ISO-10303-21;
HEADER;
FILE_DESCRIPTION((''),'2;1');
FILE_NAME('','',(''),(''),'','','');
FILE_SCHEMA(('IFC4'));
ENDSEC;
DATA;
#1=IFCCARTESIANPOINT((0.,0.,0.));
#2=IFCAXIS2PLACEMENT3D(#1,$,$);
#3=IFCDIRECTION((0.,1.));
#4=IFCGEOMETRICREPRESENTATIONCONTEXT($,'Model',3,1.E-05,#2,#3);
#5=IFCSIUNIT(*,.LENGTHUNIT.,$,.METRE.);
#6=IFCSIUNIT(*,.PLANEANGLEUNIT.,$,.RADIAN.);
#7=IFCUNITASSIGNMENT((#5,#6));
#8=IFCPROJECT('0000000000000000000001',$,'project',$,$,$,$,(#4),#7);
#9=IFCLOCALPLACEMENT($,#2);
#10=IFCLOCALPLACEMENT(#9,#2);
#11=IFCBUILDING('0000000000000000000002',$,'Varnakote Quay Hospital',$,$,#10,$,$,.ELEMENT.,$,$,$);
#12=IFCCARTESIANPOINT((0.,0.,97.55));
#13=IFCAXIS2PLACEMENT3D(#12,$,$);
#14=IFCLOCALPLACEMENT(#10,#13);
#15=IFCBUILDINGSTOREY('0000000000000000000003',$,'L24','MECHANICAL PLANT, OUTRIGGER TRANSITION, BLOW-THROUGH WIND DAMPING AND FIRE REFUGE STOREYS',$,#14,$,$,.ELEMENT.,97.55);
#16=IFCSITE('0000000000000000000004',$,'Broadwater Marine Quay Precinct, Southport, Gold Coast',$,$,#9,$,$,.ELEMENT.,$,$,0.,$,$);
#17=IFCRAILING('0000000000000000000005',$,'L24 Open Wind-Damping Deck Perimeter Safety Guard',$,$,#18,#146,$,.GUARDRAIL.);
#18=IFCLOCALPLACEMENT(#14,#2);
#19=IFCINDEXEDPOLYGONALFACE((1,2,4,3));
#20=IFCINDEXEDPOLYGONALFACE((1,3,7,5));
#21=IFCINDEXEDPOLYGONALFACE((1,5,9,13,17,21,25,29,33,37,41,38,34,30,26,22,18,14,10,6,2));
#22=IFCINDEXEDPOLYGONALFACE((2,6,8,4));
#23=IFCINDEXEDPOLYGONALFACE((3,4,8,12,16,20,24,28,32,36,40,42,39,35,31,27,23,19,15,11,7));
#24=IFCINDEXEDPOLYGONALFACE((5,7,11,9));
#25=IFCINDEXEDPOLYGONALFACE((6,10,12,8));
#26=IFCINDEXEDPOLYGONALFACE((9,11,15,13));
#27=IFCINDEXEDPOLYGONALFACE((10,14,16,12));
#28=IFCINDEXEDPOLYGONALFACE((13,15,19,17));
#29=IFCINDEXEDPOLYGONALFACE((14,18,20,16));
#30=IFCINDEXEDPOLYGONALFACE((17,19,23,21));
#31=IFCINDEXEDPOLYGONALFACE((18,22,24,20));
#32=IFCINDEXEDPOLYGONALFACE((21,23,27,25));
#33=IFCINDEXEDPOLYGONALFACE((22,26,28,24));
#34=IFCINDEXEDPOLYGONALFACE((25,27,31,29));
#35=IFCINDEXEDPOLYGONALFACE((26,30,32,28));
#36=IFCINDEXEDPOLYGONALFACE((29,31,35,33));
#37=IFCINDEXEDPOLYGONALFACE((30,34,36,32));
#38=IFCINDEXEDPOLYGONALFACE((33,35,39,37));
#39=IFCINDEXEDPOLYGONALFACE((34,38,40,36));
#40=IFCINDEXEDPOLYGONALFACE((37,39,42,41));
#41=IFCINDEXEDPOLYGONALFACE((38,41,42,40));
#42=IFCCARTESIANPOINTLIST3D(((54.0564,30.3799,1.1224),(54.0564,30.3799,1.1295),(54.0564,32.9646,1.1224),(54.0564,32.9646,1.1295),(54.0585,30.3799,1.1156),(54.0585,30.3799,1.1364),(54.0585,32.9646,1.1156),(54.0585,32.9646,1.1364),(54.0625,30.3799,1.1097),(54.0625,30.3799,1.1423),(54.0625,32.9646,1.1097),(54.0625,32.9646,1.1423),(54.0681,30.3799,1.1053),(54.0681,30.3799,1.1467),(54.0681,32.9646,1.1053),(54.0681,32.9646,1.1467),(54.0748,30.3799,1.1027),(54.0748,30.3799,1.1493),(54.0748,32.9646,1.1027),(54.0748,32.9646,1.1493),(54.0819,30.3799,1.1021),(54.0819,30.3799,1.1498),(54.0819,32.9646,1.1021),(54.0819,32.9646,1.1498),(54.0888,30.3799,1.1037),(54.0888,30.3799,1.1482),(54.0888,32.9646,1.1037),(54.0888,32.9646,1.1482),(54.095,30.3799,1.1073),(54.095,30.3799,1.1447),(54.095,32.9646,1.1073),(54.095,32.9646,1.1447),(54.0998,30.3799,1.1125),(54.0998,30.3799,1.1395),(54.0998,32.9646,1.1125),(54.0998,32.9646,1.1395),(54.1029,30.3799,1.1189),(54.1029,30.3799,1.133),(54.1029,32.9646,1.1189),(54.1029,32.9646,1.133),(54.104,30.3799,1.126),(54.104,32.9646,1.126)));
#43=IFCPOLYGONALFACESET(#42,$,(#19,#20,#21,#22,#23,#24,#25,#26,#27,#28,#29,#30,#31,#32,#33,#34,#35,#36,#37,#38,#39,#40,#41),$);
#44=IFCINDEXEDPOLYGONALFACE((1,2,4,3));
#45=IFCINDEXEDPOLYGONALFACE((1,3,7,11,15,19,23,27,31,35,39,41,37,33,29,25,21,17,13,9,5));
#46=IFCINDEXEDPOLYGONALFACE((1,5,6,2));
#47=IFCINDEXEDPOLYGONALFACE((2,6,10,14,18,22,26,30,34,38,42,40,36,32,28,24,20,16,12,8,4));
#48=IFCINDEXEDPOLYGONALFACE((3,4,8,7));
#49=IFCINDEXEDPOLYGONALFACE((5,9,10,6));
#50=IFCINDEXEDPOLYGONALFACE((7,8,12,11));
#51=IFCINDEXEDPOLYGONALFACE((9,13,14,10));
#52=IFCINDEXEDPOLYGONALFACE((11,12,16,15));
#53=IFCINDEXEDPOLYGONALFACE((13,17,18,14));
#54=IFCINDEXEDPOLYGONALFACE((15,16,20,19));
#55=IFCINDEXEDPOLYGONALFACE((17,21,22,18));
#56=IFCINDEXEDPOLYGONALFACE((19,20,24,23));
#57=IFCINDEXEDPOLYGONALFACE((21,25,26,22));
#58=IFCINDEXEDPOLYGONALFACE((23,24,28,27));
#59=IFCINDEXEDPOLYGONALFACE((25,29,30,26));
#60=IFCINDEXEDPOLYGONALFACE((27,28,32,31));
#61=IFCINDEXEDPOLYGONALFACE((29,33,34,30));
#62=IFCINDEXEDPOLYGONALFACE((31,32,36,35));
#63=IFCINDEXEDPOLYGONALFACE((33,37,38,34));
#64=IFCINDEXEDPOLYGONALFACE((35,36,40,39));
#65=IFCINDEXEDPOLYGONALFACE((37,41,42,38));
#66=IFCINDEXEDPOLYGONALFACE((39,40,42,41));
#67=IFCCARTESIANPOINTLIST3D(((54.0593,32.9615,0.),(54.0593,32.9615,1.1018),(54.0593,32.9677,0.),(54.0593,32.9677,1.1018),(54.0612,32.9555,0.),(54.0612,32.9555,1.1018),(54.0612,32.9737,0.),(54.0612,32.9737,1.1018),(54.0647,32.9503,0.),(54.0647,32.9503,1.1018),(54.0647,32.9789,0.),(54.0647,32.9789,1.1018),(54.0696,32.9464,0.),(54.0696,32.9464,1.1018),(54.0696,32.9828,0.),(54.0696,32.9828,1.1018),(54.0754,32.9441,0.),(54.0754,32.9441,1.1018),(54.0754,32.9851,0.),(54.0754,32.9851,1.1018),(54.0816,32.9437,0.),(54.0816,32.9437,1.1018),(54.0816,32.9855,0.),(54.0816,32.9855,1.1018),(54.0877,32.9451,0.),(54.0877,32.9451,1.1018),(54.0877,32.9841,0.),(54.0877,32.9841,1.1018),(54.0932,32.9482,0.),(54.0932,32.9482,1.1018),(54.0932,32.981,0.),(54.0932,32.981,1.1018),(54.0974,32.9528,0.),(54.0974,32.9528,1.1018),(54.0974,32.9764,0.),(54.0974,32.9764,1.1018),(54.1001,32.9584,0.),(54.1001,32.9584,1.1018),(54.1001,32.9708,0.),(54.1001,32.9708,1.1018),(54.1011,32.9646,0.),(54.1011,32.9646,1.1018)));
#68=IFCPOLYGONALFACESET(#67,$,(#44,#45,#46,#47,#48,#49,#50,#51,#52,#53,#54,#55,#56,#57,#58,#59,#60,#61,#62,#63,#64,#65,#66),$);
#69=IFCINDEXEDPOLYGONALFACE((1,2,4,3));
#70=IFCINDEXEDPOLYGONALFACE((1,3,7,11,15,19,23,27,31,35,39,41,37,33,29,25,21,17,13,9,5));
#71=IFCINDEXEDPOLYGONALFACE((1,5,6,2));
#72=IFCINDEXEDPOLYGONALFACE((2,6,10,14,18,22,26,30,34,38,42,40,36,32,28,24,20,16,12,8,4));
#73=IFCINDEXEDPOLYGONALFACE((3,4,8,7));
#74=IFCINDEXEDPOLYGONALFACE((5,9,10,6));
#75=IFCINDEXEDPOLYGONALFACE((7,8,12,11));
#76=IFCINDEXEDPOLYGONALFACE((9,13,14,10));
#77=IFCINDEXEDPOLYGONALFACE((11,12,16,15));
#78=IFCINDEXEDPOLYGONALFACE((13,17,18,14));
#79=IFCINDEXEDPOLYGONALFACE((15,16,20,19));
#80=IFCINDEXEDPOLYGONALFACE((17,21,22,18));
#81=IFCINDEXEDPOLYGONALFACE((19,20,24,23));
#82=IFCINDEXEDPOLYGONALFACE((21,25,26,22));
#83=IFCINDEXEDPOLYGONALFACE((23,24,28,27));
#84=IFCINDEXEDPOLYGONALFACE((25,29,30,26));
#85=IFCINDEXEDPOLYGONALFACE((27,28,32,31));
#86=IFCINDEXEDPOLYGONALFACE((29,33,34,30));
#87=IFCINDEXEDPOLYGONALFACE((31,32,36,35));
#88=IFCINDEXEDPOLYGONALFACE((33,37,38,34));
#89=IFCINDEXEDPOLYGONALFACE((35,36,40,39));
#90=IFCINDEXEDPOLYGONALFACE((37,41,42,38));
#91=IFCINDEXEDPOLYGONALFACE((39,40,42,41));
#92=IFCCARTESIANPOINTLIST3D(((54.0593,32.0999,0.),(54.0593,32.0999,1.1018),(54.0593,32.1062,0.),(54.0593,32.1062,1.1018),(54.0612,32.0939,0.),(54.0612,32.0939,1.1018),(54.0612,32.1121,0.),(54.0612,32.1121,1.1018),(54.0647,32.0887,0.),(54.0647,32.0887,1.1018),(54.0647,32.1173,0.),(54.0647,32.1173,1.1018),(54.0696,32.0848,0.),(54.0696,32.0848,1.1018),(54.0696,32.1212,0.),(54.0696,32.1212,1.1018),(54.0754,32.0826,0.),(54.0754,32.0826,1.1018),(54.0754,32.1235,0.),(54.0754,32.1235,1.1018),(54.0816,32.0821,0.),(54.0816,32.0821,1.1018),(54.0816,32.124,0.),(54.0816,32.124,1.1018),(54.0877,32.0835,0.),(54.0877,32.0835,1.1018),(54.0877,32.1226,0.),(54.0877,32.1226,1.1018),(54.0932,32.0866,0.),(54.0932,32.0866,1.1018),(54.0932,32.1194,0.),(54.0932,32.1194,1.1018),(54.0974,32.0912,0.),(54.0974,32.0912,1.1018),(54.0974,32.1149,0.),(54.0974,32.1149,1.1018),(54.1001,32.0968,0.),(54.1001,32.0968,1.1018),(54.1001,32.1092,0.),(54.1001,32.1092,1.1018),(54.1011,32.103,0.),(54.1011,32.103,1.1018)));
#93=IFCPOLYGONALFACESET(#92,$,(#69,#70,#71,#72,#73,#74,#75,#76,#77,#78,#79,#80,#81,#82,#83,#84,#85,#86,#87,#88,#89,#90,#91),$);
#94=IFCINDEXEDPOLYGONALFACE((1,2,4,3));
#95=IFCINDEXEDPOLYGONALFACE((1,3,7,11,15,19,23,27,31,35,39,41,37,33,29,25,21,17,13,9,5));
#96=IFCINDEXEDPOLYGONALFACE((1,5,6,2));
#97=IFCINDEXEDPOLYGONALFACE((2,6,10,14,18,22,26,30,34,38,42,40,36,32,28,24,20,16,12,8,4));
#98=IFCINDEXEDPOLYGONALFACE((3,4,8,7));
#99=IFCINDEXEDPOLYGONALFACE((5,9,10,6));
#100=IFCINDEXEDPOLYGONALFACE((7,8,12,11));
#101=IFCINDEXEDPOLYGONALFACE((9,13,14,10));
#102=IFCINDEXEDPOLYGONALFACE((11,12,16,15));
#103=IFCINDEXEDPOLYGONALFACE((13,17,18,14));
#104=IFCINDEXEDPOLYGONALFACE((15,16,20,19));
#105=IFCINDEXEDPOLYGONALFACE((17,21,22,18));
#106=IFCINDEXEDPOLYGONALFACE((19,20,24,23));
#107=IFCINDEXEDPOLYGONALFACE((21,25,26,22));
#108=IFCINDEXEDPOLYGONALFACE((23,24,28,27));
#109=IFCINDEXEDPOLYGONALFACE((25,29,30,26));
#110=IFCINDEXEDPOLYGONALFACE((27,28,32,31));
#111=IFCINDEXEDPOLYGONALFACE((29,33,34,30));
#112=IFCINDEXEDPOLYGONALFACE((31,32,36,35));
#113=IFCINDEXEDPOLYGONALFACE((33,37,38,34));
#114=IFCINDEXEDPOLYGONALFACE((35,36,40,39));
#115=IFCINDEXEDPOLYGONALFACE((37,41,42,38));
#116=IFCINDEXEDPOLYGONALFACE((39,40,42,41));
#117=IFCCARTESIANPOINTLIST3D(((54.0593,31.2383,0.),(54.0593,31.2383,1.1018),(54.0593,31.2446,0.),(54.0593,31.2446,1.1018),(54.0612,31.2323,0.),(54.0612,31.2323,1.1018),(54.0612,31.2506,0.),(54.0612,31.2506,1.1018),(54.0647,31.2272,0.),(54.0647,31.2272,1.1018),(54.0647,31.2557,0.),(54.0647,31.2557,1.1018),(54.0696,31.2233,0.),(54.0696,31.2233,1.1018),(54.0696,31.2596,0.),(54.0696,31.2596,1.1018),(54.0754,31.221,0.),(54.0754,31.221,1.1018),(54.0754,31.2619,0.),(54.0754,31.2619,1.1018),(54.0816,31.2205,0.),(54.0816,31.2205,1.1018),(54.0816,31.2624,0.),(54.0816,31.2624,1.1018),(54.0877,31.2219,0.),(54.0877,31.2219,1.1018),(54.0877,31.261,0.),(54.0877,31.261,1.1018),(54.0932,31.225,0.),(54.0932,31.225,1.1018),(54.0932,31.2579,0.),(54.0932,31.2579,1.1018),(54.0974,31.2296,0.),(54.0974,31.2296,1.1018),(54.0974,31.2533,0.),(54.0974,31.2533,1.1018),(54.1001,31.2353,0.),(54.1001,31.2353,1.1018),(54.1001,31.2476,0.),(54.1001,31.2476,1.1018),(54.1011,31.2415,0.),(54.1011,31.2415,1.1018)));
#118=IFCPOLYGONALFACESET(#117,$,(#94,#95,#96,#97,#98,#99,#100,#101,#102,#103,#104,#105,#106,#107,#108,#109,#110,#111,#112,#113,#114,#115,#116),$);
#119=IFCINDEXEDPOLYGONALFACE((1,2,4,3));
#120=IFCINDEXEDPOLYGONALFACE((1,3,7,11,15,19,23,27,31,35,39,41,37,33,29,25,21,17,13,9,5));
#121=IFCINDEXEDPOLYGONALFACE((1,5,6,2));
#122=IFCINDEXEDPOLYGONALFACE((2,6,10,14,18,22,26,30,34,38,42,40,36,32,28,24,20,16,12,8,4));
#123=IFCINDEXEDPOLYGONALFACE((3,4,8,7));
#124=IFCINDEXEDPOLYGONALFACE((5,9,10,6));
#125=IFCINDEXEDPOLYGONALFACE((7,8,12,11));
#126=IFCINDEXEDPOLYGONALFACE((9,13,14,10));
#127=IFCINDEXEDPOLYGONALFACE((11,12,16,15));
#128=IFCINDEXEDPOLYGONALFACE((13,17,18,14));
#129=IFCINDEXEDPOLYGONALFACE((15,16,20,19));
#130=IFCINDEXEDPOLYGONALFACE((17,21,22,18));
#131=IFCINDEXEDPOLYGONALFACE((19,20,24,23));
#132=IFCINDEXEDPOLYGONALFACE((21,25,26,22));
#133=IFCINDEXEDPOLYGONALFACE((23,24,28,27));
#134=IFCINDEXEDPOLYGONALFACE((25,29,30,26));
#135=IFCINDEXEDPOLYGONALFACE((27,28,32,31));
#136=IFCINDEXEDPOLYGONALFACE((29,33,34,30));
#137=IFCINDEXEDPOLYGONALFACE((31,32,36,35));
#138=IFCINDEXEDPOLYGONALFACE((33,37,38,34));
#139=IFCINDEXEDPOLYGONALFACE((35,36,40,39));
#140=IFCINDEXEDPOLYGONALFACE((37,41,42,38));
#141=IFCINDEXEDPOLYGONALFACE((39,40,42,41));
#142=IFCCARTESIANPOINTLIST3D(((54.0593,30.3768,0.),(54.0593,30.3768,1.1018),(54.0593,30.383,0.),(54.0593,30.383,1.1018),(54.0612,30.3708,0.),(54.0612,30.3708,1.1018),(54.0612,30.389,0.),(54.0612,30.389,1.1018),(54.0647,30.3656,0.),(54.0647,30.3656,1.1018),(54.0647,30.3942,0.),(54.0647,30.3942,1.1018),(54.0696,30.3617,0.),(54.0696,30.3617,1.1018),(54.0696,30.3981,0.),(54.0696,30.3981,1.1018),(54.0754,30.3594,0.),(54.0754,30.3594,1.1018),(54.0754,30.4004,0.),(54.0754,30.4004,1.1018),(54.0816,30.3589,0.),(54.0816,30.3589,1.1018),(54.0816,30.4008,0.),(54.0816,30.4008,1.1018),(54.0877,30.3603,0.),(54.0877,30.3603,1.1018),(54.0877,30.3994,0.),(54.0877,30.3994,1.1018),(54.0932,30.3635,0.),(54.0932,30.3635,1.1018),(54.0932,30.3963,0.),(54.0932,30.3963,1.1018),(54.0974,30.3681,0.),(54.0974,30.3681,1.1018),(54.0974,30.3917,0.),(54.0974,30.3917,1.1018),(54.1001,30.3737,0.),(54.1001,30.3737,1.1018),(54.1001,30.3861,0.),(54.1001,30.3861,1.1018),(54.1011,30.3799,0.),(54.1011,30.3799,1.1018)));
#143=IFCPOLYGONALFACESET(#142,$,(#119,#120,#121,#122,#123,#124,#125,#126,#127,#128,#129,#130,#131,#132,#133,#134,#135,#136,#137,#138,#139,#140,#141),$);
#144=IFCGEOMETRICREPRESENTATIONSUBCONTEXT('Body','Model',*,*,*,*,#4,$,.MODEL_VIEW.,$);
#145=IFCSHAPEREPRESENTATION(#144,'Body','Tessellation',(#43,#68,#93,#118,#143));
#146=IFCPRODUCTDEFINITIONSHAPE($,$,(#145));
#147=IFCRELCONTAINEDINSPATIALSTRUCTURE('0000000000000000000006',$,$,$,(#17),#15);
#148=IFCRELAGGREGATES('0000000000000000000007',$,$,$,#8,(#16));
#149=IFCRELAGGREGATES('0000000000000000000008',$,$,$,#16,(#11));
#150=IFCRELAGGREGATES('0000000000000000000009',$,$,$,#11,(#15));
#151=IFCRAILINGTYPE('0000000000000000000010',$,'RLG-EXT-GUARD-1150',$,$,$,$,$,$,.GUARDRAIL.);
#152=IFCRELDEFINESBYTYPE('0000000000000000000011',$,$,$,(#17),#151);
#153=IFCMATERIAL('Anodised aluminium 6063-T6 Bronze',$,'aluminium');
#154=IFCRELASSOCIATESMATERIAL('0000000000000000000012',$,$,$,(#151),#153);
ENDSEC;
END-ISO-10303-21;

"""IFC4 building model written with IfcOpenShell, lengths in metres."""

from ifc_helpers import new_model, si_unit, direction, frame, origin, origin_2d, place, context, subcontext, project, spatial, circle, extrude, material, type_object, element, save


model = new_model("IFC4")

# Units and contexts
model_context = context("Model", 3, precision=1e-05, world=origin(), true_north=direction((0.0, 1.0)))
body_context = subcontext(model_context, "Body", "Model", "MODEL_VIEW")
ifc_project = project(units=[si_unit("LENGTHUNIT", "METRE"), si_unit("PLANEANGLEUNIT", "RADIAN")], contexts=[model_context])

# Site, building, storey
site_placement = place(None, origin())
site = spatial("IfcSite", under=ifc_project, at=site_placement, Name="Broadwater Marine Quay Precinct, Southport, Gold Coast", CompositionType="ELEMENT", RefElevation=0.0)
building_placement = place(site_placement, origin())
building = spatial("IfcBuilding", under=site, at=building_placement, Name="Varnakote Quay Hospital", CompositionType="ELEMENT")
storey_placement = place(building_placement, frame((0.0, 0.0, 97.55)))
storey = spatial("IfcBuildingStorey", under=building, at=storey_placement, Name="L24", Description="MECHANICAL PLANT, OUTRIGGER TRANSITION, BLOW-THROUGH WIND DAMPING AND FIRE REFUGE STOREYS", CompositionType="ELEMENT", Elevation=97.55)

# Railing
ifc_material_1 = material(Name="Anodised aluminium 6063-T6 Bronze", Category="aluminium")
railing_type = type_object("IfcRailingType", Name="RLG-EXT-GUARD-1150", PredefinedType="GUARDRAIL", material=ifc_material_1)
railing_1_placement = place(storey_placement, frame((54.0801, 32.9646, 0.0)))
element("IfcRailing", 1, at=railing_1_placement, inside=storey, type_object=railing_type, Name="L24 Open Wind-Damping Deck Perimeter Safety Guard", PredefinedType="GUARDRAIL", context=body_context, shape_type="SweptSolid", body=[
    extrude(circle(Radius=0.0239, at=origin_2d()), frame((0.0, 0.0, 1.126), z_axis=(0.0, -1.0, 0.0), x_axis=(1.0, 0.0, 0.0)), (0.0, 0.0, 1.0), 2.5847),
    extrude(circle(Radius=0.021, at=origin_2d()), origin(), (0.0, 0.0, 1.0), 1.1018),
    extrude(circle(Radius=0.021, at=origin_2d()), frame((0.0, -0.8616, 0.0)), (0.0, 0.0, 1.0), 1.1018),
    extrude(circle(Radius=0.021, at=origin_2d()), frame((0.0, -1.7231, 0.0)), (0.0, 0.0, 1.0), 1.1018),
    extrude(circle(Radius=0.021, at=origin_2d()), frame((0.0, -2.5847, 0.0)), (0.0, 0.0, 1.0), 1.1018),
])

save(model, "model.ifc")
